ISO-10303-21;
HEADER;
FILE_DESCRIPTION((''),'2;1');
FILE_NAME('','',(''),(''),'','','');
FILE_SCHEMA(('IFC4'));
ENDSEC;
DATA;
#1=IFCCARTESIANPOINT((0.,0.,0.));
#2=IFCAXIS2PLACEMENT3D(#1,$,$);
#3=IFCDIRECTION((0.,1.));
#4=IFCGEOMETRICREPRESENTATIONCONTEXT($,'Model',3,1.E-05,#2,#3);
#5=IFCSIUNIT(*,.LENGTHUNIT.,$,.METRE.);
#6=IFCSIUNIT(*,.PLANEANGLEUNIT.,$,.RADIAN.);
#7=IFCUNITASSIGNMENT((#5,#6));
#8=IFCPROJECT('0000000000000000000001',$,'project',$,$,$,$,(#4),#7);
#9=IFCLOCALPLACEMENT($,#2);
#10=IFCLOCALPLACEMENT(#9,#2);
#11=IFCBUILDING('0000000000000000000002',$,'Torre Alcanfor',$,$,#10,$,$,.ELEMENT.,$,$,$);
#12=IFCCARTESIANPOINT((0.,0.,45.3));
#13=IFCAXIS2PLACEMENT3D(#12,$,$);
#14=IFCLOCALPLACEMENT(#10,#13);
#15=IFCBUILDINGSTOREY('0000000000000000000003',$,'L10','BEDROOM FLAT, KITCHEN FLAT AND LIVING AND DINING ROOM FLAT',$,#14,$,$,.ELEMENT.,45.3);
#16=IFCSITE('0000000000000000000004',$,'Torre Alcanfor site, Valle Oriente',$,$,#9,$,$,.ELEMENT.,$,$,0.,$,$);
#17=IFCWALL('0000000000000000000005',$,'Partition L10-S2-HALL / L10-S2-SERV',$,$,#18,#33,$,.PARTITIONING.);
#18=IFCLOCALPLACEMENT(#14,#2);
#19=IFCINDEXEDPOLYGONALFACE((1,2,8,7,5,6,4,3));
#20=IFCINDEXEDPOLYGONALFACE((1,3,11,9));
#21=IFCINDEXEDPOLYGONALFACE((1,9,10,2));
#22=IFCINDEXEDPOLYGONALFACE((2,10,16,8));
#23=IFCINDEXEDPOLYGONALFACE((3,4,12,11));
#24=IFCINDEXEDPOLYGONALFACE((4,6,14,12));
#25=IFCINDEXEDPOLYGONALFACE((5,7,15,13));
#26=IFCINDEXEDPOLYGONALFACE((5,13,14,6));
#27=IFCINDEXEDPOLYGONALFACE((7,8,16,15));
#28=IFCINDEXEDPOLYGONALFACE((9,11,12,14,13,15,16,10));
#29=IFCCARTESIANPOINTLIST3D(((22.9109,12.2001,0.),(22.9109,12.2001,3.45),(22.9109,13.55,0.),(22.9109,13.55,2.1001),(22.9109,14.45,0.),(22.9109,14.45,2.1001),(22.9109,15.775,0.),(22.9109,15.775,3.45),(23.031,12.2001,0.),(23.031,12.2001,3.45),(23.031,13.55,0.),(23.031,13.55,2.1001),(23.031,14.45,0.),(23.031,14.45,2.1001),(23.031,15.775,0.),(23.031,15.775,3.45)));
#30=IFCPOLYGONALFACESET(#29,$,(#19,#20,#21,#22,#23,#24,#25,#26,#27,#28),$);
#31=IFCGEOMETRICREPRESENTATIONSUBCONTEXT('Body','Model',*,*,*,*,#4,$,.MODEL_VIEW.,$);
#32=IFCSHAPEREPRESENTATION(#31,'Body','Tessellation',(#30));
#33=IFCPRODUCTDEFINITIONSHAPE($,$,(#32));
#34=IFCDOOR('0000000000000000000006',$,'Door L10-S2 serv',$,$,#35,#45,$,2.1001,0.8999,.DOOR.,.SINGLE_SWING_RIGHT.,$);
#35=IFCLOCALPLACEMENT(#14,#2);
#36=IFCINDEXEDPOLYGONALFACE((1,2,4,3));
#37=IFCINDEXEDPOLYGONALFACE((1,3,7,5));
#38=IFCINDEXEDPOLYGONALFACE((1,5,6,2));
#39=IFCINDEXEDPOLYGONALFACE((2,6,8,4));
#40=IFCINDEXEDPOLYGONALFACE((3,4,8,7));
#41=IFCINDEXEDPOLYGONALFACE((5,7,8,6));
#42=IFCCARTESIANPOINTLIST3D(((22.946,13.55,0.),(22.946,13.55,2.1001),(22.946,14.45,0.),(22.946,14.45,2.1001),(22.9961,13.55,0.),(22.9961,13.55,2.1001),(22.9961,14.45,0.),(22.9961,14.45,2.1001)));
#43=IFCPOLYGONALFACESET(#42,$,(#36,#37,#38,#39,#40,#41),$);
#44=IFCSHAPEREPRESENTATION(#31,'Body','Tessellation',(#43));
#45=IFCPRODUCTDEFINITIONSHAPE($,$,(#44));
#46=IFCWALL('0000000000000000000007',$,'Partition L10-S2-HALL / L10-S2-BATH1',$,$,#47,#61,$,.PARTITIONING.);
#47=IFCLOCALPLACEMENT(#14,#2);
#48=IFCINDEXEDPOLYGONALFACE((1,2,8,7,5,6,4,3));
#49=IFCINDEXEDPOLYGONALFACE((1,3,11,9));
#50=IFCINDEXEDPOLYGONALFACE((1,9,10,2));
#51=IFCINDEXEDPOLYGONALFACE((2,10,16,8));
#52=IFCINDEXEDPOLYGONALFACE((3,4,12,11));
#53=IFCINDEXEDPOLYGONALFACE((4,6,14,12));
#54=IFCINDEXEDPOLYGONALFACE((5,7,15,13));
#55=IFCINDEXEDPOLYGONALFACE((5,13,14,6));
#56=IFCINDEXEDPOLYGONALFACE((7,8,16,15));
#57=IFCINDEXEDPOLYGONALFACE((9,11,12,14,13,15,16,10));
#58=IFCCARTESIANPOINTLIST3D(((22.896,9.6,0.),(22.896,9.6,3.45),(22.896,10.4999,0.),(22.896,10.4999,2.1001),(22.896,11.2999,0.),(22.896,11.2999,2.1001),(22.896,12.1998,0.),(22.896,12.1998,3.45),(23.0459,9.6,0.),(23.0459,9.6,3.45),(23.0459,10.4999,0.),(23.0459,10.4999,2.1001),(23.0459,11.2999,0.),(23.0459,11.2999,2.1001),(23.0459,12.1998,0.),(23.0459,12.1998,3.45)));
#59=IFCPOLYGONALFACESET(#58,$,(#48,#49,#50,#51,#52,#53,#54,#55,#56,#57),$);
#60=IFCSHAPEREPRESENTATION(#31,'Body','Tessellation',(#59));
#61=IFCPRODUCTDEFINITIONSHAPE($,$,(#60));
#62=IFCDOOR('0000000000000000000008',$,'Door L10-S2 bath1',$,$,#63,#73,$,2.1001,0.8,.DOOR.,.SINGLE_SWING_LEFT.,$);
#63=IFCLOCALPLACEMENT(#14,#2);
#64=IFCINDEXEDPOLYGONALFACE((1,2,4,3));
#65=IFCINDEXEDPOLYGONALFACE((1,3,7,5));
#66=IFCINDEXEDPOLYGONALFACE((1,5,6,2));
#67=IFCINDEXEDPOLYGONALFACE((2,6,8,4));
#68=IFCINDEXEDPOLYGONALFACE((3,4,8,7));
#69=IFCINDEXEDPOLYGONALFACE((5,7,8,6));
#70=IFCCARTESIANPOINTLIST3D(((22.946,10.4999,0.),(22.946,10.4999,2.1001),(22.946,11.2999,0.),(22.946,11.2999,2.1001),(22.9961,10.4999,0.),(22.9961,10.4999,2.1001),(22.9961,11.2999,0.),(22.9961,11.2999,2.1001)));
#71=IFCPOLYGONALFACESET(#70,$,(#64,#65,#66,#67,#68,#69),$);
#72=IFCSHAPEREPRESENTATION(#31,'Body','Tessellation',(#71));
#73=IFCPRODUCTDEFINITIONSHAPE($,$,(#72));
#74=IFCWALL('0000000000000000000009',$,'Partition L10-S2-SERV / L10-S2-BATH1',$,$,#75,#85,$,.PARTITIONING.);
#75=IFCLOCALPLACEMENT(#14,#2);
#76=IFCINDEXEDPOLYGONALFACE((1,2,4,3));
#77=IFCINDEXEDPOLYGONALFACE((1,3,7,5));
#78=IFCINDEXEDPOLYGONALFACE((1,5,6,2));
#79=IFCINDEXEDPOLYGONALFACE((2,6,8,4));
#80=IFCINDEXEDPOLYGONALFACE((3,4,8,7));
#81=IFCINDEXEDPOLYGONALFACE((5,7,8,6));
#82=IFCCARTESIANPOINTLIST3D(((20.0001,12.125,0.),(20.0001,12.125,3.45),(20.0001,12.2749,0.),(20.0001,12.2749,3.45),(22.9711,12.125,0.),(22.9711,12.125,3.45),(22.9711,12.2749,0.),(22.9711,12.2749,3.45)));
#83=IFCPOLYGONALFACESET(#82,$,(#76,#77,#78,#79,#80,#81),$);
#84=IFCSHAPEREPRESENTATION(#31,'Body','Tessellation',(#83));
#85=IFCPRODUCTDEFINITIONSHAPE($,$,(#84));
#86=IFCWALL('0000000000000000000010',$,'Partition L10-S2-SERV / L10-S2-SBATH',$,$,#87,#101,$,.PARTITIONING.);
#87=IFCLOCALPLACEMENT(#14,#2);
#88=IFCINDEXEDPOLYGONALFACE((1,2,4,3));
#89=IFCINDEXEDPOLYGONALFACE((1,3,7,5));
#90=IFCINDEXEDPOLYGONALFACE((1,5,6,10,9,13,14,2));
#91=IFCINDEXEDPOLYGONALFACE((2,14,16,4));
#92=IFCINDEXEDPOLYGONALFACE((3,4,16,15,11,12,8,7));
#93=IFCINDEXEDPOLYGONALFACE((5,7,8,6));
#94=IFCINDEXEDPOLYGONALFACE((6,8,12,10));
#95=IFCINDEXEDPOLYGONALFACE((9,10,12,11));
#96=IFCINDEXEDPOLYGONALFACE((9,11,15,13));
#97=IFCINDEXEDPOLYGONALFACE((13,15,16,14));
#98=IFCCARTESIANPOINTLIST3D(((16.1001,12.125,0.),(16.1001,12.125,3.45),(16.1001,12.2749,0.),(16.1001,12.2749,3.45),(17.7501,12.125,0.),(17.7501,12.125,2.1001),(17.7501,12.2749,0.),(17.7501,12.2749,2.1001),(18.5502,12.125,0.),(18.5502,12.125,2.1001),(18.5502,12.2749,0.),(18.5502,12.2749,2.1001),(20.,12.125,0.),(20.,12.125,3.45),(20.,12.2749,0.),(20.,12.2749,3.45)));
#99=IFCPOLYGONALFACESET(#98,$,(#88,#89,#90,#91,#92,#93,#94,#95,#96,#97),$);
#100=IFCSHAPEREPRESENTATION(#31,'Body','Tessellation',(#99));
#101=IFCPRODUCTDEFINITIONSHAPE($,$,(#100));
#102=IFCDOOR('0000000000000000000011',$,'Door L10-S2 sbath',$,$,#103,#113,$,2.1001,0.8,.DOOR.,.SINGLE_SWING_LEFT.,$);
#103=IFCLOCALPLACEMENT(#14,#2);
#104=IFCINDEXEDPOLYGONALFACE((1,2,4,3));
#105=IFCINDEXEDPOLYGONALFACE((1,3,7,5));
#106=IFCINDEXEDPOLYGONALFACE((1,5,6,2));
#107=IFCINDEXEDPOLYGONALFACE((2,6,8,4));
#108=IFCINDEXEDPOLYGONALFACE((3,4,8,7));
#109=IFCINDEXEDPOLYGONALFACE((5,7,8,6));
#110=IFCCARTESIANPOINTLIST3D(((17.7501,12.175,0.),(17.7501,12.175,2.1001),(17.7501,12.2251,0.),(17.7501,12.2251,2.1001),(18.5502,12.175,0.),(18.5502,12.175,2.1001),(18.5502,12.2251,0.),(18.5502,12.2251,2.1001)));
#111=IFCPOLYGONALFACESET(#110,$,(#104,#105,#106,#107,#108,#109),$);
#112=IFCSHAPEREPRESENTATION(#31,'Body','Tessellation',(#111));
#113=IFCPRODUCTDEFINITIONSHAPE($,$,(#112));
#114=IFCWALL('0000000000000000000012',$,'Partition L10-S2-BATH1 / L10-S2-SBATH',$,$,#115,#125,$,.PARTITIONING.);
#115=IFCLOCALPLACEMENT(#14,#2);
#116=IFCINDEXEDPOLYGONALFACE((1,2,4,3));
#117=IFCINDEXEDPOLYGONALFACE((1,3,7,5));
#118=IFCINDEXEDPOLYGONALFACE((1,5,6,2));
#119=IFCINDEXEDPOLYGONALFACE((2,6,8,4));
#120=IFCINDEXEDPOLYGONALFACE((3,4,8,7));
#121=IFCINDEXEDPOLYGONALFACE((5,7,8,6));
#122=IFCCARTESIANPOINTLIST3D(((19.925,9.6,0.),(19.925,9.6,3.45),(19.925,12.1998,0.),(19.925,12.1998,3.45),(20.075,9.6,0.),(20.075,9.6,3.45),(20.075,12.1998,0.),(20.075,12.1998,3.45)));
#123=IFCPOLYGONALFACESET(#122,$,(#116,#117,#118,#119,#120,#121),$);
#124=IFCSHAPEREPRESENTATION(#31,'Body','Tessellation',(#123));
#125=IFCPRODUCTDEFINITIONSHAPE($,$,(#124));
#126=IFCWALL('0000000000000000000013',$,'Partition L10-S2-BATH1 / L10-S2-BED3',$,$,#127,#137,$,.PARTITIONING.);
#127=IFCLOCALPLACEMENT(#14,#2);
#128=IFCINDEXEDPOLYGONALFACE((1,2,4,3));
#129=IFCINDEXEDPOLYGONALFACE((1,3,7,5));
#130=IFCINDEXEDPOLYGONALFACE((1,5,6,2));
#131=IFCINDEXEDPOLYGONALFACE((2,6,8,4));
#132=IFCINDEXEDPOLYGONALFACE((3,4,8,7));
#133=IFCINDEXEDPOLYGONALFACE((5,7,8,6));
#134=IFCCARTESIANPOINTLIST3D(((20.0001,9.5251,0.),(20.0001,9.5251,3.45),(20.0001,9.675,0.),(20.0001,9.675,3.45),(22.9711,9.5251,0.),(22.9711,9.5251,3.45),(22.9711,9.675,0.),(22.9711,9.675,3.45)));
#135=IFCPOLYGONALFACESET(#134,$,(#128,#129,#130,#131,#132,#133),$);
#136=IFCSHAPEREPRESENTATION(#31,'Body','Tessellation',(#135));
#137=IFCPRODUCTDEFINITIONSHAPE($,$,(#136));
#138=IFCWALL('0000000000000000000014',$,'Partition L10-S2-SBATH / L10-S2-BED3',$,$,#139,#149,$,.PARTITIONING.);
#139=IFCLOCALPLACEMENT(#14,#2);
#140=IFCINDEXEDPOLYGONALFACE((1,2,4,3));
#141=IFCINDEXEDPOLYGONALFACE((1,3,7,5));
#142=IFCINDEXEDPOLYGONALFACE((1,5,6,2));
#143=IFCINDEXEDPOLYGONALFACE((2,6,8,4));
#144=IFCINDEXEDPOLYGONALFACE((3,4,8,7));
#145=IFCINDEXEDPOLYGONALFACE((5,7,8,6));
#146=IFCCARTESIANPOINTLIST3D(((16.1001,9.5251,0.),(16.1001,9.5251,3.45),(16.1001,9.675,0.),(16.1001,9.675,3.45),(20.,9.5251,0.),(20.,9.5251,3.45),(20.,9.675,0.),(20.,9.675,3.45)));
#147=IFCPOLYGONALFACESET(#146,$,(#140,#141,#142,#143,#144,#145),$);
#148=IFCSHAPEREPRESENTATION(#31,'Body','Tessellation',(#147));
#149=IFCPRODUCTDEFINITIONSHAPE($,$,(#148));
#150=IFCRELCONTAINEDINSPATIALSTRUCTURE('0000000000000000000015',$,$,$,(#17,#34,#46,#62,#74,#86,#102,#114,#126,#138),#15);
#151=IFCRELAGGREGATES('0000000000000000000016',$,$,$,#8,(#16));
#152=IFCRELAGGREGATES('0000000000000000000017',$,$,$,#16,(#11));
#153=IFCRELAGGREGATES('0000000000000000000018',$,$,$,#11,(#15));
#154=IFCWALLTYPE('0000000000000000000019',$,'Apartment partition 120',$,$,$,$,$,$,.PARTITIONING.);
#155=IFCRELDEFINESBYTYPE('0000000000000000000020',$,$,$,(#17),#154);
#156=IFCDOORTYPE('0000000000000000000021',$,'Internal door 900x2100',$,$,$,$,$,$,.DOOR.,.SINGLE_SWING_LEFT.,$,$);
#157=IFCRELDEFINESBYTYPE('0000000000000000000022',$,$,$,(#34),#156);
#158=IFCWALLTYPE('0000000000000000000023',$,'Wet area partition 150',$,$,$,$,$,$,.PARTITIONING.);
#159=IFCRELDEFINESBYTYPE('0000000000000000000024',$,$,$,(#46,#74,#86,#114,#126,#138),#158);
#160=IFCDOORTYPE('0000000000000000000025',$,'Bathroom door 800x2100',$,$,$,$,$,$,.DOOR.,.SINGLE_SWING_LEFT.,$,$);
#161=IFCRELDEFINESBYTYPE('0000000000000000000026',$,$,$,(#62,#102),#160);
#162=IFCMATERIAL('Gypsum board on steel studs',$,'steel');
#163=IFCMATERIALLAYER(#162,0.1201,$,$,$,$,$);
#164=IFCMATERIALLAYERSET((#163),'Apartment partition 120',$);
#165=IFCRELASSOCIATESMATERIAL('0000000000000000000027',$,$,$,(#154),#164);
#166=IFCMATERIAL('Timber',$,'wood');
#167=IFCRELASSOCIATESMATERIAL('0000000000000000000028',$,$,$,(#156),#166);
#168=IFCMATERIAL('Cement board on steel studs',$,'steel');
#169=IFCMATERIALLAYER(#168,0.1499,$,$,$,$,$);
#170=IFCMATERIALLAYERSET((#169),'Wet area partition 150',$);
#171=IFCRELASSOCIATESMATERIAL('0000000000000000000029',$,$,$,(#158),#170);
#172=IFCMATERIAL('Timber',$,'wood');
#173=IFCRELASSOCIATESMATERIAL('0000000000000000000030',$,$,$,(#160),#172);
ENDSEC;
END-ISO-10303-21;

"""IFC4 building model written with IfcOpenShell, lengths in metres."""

from ifc_helpers import new_model, si_unit, direction, frame, frame_2d, origin, place, context, subcontext, project, spatial, rectangle, extrude, material, layer, layer_set, type_object, element, fill, save


model = new_model("IFC4")

# Units and contexts
model_context = context("Model", 3, precision=1e-05, world=origin(), true_north=direction((0.0, 1.0)))
body_context = subcontext(model_context, "Body", "Model", "MODEL_VIEW")
ifc_project = project(units=[si_unit("LENGTHUNIT", "METRE"), si_unit("PLANEANGLEUNIT", "RADIAN")], contexts=[model_context])

# Site, building, storey
site_placement = place(None, origin())
site = spatial("IfcSite", under=ifc_project, at=site_placement, Name="Torre Alcanfor site, Valle Oriente", CompositionType="ELEMENT", RefElevation=0.0)
building_placement = place(site_placement, origin())
building = spatial("IfcBuilding", under=site, at=building_placement, Name="Torre Alcanfor", CompositionType="ELEMENT")
storey_placement = place(building_placement, frame((0.0, 0.0, 45.3)))
storey = spatial("IfcBuildingStorey", under=building, at=storey_placement, Name="L10", Description="BEDROOM FLAT, KITCHEN FLAT AND LIVING AND DINING ROOM FLAT", CompositionType="ELEMENT", Elevation=45.3)

# Walls, openings, doors
ifc_material_1 = material(Name="Gypsum board on steel studs", Category="steel")
ifc_layer_1 = layer(ifc_material_1, 0.1201)
ifc_layer_set_1 = layer_set([ifc_layer_1], Name="Apartment partition 120")
wall_type_1 = type_object("IfcWallType", Name="Apartment partition 120", PredefinedType="PARTITIONING", material=ifc_layer_set_1)
ifc_material_2 = material(Name="Timber", Category="wood")
door_type_1 = type_object("IfcDoorType", Name="Internal door 900x2100", OperationType="SINGLE_SWING_LEFT", PredefinedType="DOOR", material=ifc_material_2)
wall_1_placement = place(storey_placement, frame((22.9709, 12.2, 0.0), z_axis=(0.0, 0.0, 1.0), x_axis=(0.0, 1.0, 0.0)))
wall_1 = element("IfcWall", 1, at=wall_1_placement, inside=storey, type_object=wall_type_1, Name="Partition L10-S2-HALL / L10-S2-SERV", PredefinedType="PARTITIONING", context=body_context, shape_type="SweptSolid", body=[
    extrude(rectangle(XDim=3.575, YDim=0.1201, at=frame_2d((1.7876, 0.0))), origin(), (0.0, 0.0, 1.0), 3.45),
])
opening_1_placement = place(wall_1_placement, frame((1.3501, 0.0, 0.0)))
opening_1 = element("IfcOpeningElement", 2, at=opening_1_placement, cuts=wall_1, PredefinedType="OPENING", context=body_context, shape_type="SweptSolid", body=[
    extrude(rectangle(XDim=0.8999, YDim=2.1001, at=frame_2d((0.45, 1.05))), frame((0.0, 0.0701, 0.0), z_axis=(0.0, -1.0, 0.0), x_axis=(1.0, 0.0, 0.0)), (0.0, 0.0, 1.0), 0.1401),
])
door_1_placement = place(opening_1_placement, origin())
door_1 = element("IfcDoor", 3, at=door_1_placement, inside=storey, type_object=door_type_1, Name="Door L10-S2 serv", OperationType="SINGLE_SWING_RIGHT", OverallHeight=2.1001, OverallWidth=0.8999, PredefinedType="DOOR", context=body_context, shape_type="SweptSolid", body=[
    extrude(rectangle(XDim=0.8999, YDim=2.1001, at=frame_2d((0.45, 1.05))), frame((0.0, 0.0249, 0.0), z_axis=(0.0, -1.0, 0.0), x_axis=(1.0, 0.0, 0.0)), (0.0, 0.0, 1.0), 0.05),
])
fill(opening_1, door_1)
ifc_material_3 = material(Name="Cement board on steel studs", Category="steel")
ifc_layer_2 = layer(ifc_material_3, 0.1499)
ifc_layer_set_2 = layer_set([ifc_layer_2], Name="Wet area partition 150")
wall_type_2 = type_object("IfcWallType", Name="Wet area partition 150", PredefinedType="PARTITIONING", material=ifc_layer_set_2)
wall_2_placement = place(storey_placement, frame((22.9709, 9.6001, 0.0), z_axis=(0.0, 0.0, 1.0), x_axis=(0.0, 1.0, 0.0)))
wall_2 = element("IfcWall", 4, at=wall_2_placement, inside=storey, type_object=wall_type_2, Name="Partition L10-S2-HALL / L10-S2-BATH1", PredefinedType="PARTITIONING", context=body_context, shape_type="SweptSolid", body=[
    extrude(rectangle(XDim=2.5999, YDim=0.1499, at=frame_2d((1.2998, 0.0))), origin(), (0.0, 0.0, 1.0), 3.45),
])
opening_2_placement = place(wall_2_placement, frame((0.8999, 0.0, 0.0)))
opening_2 = element("IfcOpeningElement", 5, at=opening_2_placement, cuts=wall_2, PredefinedType="OPENING", context=body_context, shape_type="SweptSolid", body=[
    extrude(rectangle(XDim=0.8, YDim=2.1001, at=frame_2d((0.3999, 1.05))), frame((0.0, 0.085, 0.0), z_axis=(0.0, -1.0, 0.0), x_axis=(1.0, 0.0, 0.0)), (0.0, 0.0, 1.0), 0.1699),
])
ifc_material_4 = material(Name="Timber", Category="wood")
door_type_2 = type_object("IfcDoorType", Name="Bathroom door 800x2100", OperationType="SINGLE_SWING_LEFT", PredefinedType="DOOR", material=ifc_material_4)
door_2_placement = place(opening_2_placement, origin())
door_2 = element("IfcDoor", 6, at=door_2_placement, inside=storey, type_object=door_type_2, Name="Door L10-S2 bath1", OperationType="SINGLE_SWING_LEFT", OverallHeight=2.1001, OverallWidth=0.8, PredefinedType="DOOR", context=body_context, shape_type="SweptSolid", body=[
    extrude(rectangle(XDim=0.8, YDim=2.1001, at=frame_2d((0.3999, 1.05))), frame((0.0, 0.0249, 0.0), z_axis=(0.0, -1.0, 0.0), x_axis=(1.0, 0.0, 0.0)), (0.0, 0.0, 1.0), 0.05),
])
fill(opening_2, door_2)

# Wall
wall_3_placement = place(storey_placement, frame((22.9709, 12.2, 0.0), z_axis=(0.0, 0.0, 1.0), x_axis=(-1.0, 0.0, 0.0)))
element("IfcWall", 7, at=wall_3_placement, inside=storey, type_object=wall_type_2, Name="Partition L10-S2-SERV / L10-S2-BATH1", PredefinedType="PARTITIONING", context=body_context, shape_type="SweptSolid", body=[
    extrude(rectangle(XDim=2.9709, YDim=0.1499, at=frame_2d((1.4854, 0.0))), origin(), (0.0, 0.0, 1.0), 3.45),
])

# Wall, opening, door
wall_4_placement = place(storey_placement, frame((20.0, 12.2, 0.0), z_axis=(0.0, 0.0, 1.0), x_axis=(-1.0, 0.0, 0.0)))
wall_4 = element("IfcWall", 8, at=wall_4_placement, inside=storey, type_object=wall_type_2, Name="Partition L10-S2-SERV / L10-S2-SBATH", PredefinedType="PARTITIONING", context=body_context, shape_type="SweptSolid", body=[
    extrude(rectangle(XDim=3.8999, YDim=0.1499, at=frame_2d((1.95, 0.0))), origin(), (0.0, 0.0, 1.0), 3.45),
])
opening_3_placement = place(wall_4_placement, frame((1.45, 0.0, 0.0)))
opening_3 = element("IfcOpeningElement", 9, at=opening_3_placement, cuts=wall_4, PredefinedType="OPENING", context=body_context, shape_type="SweptSolid", body=[
    extrude(rectangle(XDim=0.8, YDim=2.1001, at=frame_2d((0.3999, 1.05))), frame((0.0, 0.085, 0.0), z_axis=(0.0, -1.0, 0.0), x_axis=(1.0, 0.0, 0.0)), (0.0, 0.0, 1.0), 0.1699),
])
door_3_placement = place(opening_3_placement, origin())
door_3 = element("IfcDoor", 10, at=door_3_placement, inside=storey, type_object=door_type_2, Name="Door L10-S2 sbath", OperationType="SINGLE_SWING_LEFT", OverallHeight=2.1001, OverallWidth=0.8, PredefinedType="DOOR", context=body_context, shape_type="SweptSolid", body=[
    extrude(rectangle(XDim=0.8, YDim=2.1001, at=frame_2d((0.3999, 1.05))), frame((0.0, 0.0249, 0.0), z_axis=(0.0, -1.0, 0.0), x_axis=(1.0, 0.0, 0.0)), (0.0, 0.0, 1.0), 0.05),
])
fill(opening_3, door_3)

# Walls
wall_5_placement = place(storey_placement, frame((20.0, 9.6001, 0.0), z_axis=(0.0, 0.0, 1.0), x_axis=(0.0, 1.0, 0.0)))
element("IfcWall", 11, at=wall_5_placement, inside=storey, type_object=wall_type_2, Name="Partition L10-S2-BATH1 / L10-S2-SBATH", PredefinedType="PARTITIONING", context=body_context, shape_type="SweptSolid", body=[
    extrude(rectangle(XDim=2.5999, YDim=0.1499, at=frame_2d((1.2998, 0.0))), origin(), (0.0, 0.0, 1.0), 3.45),
])
wall_6_placement = place(storey_placement, frame((22.9709, 9.6001, 0.0), z_axis=(0.0, 0.0, 1.0), x_axis=(-1.0, 0.0, 0.0)))
element("IfcWall", 12, at=wall_6_placement, inside=storey, type_object=wall_type_2, Name="Partition L10-S2-BATH1 / L10-S2-BED3", PredefinedType="PARTITIONING", context=body_context, shape_type="SweptSolid", body=[
    extrude(rectangle(XDim=2.9709, YDim=0.1499, at=frame_2d((1.4854, 0.0))), origin(), (0.0, 0.0, 1.0), 3.45),
])
wall_7_placement = place(storey_placement, frame((20.0, 9.6001, 0.0), z_axis=(0.0, 0.0, 1.0), x_axis=(-1.0, 0.0, 0.0)))
element("IfcWall", 13, at=wall_7_placement, inside=storey, type_object=wall_type_2, Name="Partition L10-S2-SBATH / L10-S2-BED3", PredefinedType="PARTITIONING", context=body_context, shape_type="SweptSolid", body=[
    extrude(rectangle(XDim=3.8999, YDim=0.1499, at=frame_2d((1.95, 0.0))), origin(), (0.0, 0.0, 1.0), 3.45),
])

save(model, "model.ifc")
